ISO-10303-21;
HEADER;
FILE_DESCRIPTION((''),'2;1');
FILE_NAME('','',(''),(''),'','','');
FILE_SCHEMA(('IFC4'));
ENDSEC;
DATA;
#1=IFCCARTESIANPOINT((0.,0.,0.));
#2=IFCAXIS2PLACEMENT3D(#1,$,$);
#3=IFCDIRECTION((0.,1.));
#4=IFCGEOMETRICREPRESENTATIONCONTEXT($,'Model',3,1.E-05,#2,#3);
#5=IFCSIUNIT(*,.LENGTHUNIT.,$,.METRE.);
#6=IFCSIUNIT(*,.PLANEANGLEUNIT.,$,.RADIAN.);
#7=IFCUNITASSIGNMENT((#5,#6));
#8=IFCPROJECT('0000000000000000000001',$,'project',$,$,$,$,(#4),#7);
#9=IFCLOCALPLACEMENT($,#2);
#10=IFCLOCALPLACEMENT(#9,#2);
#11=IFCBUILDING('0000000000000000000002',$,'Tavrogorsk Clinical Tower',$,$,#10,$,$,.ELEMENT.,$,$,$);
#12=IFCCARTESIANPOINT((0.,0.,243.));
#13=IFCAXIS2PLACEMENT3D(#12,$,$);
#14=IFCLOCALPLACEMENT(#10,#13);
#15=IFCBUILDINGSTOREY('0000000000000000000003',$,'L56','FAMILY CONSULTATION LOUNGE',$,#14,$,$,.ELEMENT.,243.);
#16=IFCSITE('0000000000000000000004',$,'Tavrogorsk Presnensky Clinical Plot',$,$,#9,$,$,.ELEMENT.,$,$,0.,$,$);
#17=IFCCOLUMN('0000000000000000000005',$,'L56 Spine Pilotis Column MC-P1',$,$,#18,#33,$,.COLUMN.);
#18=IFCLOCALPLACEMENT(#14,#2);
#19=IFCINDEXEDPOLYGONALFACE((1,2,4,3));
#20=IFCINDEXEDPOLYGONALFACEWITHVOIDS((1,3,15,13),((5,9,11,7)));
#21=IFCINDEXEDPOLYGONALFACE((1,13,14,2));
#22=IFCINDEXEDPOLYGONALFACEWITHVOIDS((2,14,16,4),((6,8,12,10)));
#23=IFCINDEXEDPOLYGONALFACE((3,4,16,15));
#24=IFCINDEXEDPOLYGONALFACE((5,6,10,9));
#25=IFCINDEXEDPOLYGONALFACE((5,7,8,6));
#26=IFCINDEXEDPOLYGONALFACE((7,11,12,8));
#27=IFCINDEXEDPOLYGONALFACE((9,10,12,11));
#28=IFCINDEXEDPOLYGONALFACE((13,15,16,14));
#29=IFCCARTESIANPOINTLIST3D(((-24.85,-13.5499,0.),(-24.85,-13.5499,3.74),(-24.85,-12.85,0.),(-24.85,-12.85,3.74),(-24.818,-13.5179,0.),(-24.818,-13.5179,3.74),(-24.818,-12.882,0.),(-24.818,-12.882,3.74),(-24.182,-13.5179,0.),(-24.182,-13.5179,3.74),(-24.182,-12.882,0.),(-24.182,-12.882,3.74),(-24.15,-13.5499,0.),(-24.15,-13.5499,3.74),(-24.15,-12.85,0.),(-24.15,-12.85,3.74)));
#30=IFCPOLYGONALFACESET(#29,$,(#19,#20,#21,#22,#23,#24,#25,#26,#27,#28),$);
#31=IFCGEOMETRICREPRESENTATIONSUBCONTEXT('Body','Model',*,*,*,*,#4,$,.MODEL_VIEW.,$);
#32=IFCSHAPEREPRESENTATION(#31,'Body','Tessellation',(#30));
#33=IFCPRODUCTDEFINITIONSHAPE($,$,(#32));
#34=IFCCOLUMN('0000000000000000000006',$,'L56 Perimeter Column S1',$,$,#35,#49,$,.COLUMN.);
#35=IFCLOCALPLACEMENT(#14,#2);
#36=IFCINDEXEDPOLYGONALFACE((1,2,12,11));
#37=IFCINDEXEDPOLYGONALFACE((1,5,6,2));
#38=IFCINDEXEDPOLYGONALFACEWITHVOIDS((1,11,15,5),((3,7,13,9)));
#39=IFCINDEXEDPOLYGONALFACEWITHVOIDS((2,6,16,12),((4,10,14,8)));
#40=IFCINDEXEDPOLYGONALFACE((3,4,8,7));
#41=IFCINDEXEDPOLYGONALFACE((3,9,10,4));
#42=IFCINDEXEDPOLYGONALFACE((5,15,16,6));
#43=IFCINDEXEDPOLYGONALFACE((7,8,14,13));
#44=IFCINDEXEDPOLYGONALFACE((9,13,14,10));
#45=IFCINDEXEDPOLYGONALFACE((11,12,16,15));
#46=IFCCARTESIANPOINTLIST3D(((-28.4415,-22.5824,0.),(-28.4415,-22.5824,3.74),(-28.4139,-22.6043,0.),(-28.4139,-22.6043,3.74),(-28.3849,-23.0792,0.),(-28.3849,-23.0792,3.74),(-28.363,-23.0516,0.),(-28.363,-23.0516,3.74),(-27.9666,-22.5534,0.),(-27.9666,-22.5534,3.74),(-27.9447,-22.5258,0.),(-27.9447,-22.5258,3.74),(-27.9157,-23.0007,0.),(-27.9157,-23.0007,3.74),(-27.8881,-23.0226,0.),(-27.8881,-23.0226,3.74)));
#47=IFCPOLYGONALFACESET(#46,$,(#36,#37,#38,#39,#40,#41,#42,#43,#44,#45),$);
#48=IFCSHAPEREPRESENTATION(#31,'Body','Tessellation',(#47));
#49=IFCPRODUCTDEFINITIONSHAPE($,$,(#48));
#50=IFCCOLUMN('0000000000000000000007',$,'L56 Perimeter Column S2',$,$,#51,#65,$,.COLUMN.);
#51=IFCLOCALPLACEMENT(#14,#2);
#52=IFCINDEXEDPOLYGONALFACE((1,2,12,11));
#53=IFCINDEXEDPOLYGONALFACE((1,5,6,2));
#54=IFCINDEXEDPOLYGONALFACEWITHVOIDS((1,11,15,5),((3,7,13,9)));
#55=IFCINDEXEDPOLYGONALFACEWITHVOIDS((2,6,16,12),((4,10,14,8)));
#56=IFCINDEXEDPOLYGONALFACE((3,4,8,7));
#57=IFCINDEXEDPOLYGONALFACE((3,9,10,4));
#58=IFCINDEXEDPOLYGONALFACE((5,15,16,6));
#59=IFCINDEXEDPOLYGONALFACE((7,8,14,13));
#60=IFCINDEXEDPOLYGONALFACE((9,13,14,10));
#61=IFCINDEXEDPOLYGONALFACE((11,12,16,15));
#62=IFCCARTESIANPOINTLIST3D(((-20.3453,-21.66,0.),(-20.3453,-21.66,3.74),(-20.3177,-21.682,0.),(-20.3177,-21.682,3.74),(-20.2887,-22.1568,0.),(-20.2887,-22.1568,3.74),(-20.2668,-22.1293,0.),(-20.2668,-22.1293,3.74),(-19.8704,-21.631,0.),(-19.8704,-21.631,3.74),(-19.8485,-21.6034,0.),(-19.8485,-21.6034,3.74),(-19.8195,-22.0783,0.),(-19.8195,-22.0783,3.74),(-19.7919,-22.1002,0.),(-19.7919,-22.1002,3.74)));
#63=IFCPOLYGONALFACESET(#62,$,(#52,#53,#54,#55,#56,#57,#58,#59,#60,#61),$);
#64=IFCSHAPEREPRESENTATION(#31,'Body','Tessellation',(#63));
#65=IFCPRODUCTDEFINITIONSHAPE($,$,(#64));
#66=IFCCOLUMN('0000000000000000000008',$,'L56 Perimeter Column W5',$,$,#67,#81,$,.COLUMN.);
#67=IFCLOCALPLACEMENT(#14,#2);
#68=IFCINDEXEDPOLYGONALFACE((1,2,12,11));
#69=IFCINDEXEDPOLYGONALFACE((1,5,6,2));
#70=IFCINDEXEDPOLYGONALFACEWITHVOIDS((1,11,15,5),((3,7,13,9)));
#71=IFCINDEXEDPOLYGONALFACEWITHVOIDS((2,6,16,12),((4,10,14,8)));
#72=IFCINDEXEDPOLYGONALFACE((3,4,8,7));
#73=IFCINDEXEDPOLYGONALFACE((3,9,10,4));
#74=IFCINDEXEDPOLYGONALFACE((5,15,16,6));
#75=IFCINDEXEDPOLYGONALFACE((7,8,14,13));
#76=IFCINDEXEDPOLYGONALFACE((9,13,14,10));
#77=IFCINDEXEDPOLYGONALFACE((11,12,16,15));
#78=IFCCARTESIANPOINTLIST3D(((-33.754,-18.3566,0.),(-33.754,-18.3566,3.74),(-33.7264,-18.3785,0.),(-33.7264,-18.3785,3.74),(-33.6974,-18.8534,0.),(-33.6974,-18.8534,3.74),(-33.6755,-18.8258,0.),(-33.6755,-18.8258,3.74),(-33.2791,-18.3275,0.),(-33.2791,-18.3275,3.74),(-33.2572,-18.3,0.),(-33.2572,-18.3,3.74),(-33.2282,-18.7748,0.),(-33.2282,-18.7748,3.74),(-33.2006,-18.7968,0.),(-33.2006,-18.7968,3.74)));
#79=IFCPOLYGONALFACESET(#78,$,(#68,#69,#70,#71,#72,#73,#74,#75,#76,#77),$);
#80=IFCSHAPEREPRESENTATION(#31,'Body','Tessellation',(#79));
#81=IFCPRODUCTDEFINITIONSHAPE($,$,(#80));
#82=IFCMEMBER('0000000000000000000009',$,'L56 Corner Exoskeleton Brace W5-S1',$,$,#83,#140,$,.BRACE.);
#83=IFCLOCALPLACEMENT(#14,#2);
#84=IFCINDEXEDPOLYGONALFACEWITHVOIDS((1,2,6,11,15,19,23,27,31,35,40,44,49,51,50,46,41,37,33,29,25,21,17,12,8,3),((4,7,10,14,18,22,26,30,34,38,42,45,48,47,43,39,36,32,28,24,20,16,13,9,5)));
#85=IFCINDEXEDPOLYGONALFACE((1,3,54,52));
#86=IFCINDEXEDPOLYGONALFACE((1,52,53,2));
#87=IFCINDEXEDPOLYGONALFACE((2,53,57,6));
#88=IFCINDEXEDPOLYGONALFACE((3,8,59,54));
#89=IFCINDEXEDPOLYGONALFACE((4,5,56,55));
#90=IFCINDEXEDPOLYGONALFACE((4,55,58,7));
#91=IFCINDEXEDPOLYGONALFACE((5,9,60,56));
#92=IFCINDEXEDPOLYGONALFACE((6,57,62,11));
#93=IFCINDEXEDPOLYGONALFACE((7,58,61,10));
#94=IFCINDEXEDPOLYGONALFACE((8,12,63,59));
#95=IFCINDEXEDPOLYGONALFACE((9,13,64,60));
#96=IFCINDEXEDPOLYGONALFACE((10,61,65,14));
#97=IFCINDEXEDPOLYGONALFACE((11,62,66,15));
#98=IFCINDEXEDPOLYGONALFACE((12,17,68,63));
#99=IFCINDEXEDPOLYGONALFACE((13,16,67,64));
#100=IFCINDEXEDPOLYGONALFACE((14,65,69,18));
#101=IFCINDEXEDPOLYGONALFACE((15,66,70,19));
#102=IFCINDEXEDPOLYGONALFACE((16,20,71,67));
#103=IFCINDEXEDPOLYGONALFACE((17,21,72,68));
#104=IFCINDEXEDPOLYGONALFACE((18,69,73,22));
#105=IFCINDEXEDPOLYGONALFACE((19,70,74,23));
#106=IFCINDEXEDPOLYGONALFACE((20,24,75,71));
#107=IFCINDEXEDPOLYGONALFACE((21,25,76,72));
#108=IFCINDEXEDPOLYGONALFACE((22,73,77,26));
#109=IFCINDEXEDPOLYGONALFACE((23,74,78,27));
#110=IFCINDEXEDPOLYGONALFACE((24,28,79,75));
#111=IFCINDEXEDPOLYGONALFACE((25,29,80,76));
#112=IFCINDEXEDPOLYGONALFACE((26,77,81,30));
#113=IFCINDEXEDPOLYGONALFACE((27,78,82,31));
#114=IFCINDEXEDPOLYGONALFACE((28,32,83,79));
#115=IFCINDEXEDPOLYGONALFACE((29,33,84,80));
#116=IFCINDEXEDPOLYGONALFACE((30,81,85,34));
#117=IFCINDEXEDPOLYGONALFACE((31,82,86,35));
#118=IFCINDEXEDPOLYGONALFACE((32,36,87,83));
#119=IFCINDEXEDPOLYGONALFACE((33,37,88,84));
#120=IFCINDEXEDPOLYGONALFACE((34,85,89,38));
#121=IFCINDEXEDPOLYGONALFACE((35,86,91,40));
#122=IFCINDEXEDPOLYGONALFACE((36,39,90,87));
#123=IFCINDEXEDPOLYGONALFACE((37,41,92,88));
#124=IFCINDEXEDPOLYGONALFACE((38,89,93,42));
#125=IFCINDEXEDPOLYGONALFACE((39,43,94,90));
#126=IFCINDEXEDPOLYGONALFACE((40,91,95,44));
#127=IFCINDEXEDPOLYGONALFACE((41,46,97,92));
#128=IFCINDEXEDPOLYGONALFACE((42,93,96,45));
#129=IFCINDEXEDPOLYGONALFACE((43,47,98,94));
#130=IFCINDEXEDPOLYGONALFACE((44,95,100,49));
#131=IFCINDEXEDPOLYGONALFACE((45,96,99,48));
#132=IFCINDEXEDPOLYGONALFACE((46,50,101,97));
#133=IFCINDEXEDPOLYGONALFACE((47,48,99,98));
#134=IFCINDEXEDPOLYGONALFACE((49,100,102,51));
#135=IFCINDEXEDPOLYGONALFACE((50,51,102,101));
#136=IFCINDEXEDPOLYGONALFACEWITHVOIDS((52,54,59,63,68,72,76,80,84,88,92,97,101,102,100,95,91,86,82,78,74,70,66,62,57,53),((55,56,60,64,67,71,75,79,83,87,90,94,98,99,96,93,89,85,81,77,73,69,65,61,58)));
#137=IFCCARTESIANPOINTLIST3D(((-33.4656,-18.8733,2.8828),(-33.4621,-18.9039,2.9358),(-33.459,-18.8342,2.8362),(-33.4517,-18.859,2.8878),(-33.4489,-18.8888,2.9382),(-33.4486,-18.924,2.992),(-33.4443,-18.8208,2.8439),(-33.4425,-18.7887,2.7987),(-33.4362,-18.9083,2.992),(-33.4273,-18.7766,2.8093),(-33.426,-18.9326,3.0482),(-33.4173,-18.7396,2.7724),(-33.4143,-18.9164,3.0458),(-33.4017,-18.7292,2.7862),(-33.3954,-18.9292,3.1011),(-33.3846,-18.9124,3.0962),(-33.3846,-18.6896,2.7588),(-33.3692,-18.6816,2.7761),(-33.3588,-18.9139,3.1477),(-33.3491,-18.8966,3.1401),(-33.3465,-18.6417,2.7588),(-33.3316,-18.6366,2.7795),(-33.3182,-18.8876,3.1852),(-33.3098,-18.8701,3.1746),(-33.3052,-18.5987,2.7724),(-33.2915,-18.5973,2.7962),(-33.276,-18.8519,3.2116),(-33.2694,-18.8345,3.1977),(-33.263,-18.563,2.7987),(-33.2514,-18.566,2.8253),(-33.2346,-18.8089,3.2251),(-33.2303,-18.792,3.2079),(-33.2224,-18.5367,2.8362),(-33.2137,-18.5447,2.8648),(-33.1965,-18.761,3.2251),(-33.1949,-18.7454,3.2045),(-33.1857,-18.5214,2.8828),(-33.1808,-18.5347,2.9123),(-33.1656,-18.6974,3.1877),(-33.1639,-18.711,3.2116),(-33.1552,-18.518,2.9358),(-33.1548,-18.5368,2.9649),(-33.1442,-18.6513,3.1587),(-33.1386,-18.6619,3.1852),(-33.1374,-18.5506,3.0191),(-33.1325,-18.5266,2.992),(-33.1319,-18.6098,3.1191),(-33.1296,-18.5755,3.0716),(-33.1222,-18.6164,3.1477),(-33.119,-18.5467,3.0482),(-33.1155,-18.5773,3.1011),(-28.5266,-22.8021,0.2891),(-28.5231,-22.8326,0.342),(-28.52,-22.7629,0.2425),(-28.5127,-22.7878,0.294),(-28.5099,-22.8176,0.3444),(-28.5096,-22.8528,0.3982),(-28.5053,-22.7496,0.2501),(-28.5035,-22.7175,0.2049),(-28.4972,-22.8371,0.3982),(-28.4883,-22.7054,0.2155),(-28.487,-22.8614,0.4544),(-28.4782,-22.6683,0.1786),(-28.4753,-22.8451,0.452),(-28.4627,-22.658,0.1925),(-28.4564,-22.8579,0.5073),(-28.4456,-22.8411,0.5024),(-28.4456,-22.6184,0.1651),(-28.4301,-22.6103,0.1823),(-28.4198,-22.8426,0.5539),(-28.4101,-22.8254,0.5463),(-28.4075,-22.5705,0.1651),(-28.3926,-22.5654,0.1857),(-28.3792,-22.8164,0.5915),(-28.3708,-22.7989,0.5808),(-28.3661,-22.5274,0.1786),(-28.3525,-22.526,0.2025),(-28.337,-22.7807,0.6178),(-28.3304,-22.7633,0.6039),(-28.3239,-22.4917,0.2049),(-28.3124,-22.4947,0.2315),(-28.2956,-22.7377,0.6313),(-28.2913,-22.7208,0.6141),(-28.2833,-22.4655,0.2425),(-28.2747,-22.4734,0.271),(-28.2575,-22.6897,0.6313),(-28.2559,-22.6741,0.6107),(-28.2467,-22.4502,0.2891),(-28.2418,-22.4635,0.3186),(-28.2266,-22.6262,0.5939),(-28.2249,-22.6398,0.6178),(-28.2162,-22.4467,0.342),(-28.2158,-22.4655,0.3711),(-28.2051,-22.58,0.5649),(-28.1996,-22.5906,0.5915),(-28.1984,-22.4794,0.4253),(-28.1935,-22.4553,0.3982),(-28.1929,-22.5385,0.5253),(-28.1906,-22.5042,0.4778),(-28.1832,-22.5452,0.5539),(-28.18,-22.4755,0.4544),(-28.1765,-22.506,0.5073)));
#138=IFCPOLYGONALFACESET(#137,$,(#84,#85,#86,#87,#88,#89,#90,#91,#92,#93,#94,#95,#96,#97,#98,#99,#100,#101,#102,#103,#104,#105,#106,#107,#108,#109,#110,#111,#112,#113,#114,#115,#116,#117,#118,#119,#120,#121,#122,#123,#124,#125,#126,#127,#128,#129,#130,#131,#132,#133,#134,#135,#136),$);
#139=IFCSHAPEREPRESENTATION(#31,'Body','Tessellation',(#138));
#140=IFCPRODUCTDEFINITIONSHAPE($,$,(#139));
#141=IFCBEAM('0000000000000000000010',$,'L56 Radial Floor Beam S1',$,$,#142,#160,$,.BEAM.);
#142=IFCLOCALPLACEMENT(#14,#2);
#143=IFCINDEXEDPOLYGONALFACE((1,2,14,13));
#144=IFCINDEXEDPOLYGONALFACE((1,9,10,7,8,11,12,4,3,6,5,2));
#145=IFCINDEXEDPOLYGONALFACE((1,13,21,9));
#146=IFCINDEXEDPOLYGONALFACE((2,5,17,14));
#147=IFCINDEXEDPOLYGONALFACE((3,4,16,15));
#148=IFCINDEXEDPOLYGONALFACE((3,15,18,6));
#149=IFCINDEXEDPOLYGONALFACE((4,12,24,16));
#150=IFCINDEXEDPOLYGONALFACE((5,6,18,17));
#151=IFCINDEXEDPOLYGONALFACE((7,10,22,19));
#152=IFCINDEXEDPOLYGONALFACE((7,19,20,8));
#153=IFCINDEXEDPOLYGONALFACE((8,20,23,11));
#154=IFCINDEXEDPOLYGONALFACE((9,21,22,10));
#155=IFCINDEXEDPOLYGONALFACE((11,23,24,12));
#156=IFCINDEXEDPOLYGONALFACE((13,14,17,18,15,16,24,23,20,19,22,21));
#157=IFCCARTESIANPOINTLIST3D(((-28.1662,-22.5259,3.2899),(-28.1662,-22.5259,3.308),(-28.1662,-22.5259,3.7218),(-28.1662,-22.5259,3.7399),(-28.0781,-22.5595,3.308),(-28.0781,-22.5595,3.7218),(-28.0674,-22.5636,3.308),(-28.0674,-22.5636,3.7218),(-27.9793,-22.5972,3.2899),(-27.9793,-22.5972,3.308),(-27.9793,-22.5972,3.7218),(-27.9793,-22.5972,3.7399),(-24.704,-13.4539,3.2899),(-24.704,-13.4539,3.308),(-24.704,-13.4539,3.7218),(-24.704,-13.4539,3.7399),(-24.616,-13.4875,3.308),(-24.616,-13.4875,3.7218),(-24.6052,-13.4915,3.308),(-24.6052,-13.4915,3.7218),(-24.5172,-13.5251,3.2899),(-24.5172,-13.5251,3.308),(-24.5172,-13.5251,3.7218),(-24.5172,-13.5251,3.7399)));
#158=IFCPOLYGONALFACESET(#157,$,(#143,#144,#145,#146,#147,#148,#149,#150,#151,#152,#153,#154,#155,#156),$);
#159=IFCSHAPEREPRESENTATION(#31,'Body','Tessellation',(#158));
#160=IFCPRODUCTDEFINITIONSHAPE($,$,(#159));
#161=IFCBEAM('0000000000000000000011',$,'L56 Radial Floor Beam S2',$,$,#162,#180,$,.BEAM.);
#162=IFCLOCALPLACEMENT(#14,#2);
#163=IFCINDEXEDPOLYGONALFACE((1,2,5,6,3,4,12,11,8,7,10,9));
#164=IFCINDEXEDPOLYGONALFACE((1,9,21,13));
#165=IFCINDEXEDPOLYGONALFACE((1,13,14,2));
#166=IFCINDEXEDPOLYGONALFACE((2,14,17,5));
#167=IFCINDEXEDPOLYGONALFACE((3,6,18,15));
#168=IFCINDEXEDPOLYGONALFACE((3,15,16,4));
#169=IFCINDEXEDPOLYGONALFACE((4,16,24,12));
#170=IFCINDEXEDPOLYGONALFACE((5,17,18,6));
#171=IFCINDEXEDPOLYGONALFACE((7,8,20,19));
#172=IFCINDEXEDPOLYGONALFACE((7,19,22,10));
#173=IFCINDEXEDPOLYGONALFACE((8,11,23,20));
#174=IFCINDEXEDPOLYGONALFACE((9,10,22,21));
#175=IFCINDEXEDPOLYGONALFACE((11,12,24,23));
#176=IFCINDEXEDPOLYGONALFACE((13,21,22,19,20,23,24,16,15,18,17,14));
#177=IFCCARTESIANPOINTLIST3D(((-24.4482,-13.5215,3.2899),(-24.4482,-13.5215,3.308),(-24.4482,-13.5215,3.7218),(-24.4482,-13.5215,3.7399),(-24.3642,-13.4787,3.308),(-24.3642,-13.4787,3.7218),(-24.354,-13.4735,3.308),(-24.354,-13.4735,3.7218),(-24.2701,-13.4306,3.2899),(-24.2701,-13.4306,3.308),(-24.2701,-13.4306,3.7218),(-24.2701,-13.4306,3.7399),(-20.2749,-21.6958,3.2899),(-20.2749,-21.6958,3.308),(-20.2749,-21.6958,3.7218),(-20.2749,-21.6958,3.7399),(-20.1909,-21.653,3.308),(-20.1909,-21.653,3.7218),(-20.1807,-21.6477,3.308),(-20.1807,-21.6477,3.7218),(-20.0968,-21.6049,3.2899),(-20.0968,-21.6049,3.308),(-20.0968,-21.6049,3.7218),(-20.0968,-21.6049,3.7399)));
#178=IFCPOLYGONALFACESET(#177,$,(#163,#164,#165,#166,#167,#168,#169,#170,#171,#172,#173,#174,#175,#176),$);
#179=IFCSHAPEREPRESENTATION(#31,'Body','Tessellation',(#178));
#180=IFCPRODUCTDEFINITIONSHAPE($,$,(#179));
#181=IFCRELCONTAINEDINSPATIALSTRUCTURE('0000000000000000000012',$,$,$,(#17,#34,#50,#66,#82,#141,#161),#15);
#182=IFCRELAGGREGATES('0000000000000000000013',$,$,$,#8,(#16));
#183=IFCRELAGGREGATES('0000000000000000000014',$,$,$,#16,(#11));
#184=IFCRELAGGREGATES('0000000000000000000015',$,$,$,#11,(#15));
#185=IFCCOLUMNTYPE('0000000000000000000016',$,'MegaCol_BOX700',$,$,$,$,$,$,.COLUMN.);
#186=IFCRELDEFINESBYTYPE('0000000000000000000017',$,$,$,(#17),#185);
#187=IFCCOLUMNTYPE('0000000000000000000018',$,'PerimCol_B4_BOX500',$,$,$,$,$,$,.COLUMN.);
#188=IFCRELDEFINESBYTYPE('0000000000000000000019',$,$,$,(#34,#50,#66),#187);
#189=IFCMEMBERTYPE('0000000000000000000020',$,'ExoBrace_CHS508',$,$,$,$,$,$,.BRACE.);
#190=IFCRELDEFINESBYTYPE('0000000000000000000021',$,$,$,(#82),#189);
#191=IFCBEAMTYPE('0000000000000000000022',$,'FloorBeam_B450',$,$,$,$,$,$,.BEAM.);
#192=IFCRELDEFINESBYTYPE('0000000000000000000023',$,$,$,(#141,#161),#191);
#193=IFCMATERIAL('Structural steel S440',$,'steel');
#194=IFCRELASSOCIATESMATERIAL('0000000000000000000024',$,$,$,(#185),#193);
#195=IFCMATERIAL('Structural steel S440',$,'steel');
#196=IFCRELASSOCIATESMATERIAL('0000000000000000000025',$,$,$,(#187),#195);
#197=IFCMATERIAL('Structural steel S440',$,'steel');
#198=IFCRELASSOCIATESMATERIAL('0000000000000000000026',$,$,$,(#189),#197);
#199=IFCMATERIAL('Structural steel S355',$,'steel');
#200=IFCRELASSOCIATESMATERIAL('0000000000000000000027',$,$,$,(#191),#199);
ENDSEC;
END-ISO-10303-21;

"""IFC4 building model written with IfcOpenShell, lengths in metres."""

from ifc_helpers import new_model, si_unit, direction, frame, origin, origin_2d, place, context, subcontext, project, spatial, hollow_rectangle, hollow_circle, i_section, extrude, material, material_profile, profile_set, type_object, element, save


model = new_model("IFC4")

# Units and contexts
model_context = context("Model", 3, precision=1e-05, world=origin(), true_north=direction((0.0, 1.0)))
body_context = subcontext(model_context, "Body", "Model", "MODEL_VIEW")
ifc_project = project(units=[si_unit("LENGTHUNIT", "METRE"), si_unit("PLANEANGLEUNIT", "RADIAN")], contexts=[model_context])

# Site, building, storey
site_placement = place(None, origin())
site = spatial("IfcSite", under=ifc_project, at=site_placement, Name="Tavrogorsk Presnensky Clinical Plot", CompositionType="ELEMENT", RefElevation=0.0)
building_placement = place(site_placement, origin())
building = spatial("IfcBuilding", under=site, at=building_placement, Name="Tavrogorsk Clinical Tower", CompositionType="ELEMENT")
storey_placement = place(building_placement, frame((0.0, 0.0, 243.0)))
storey = spatial("IfcBuildingStorey", under=building, at=storey_placement, Name="L56", Description="FAMILY CONSULTATION LOUNGE", CompositionType="ELEMENT", Elevation=243.0)

# Columns
ifc_material_1 = material(Name="Structural steel S440", Category="steel")
ifc_material_profile_1 = material_profile(ifc_material_1, hollow_rectangle(XDim=0.7, YDim=0.7, WallThickness=0.032, at=origin_2d()), Name="BOX-700x700x32")
ifc_profile_set_1 = profile_set([ifc_material_profile_1], Name="Structural steel S440")
column_type_1 = type_object("IfcColumnType", Name="MegaCol_BOX700", PredefinedType="COLUMN", material=ifc_profile_set_1)
column_placement = place(storey_placement, frame((-24.5, -13.2, 0.0), z_axis=(0.0, 0.0, 1.0), x_axis=(1.0, 0.0, 0.0)))
element("IfcColumn", 1, at=column_placement, inside=storey, type_object=column_type_1, Name="L56 Spine Pilotis Column MC-P1", PredefinedType="COLUMN", context=body_context, shape_type="SweptSolid", body=[
    extrude(hollow_rectangle(XDim=0.7, YDim=0.7, WallThickness=0.032, at=origin_2d()), origin(), (0.0, 0.0, 1.0), 3.74),
])
ifc_material_2 = material(Name="Structural steel S440", Category="steel")
ifc_material_profile_2 = material_profile(ifc_material_2, hollow_rectangle(XDim=0.5, YDim=0.5, WallThickness=0.0249, at=origin_2d()), Name="BOX-500x500x25")
ifc_profile_set_2 = profile_set([ifc_material_profile_2], Name="Structural steel S440")
column_type_2 = type_object("IfcColumnType", Name="PerimCol_B4_BOX500", PredefinedType="COLUMN", material=ifc_profile_set_2)
for number, where, z_axis, x_axis, name in (
    (2, (-28.1648, -22.8025, 0.0), (0.0, 0.0, 1.0), (0.993572, 0.113203, 0.0), "L56 Perimeter Column S1"),
    (3, (-20.0686, -21.8801, 0.0), (0.0, 0.0, 1.0), (0.993572, 0.113203, 0.0), "L56 Perimeter Column S2"),
    (4, (-33.4773, -18.5767, 0.0), (0.0, 0.0, 1.0), (0.993572, 0.113203, 0.0), "L56 Perimeter Column W5"),
):
    element("IfcColumn", number, at=place(storey_placement, frame(where, z_axis=z_axis, x_axis=x_axis)), inside=storey, type_object=column_type_2, Name=name, PredefinedType="COLUMN", context=body_context, shape_type="SweptSolid", body=[
        extrude(hollow_rectangle(XDim=0.5, YDim=0.5, WallThickness=0.0249, at=origin_2d()), origin(), (0.0, 0.0, 1.0), 3.74),
    ])

# Member
ifc_material_3 = material(Name="Structural steel S440", Category="steel")
ifc_material_profile_3 = material_profile(ifc_material_3, hollow_circle(Radius=0.2539, WallThickness=0.02, at=origin_2d()), Name="CHS-508x20")
ifc_profile_set_3 = profile_set([ifc_material_profile_3], Name="Structural steel S440")
member_type_1 = type_object("IfcMemberType", Name="ExoBrace_CHS508", PredefinedType="BRACE", material=ifc_profile_set_3)
member_1_placement = place(storey_placement, frame((-28.3516, -22.6541, 0.3982), z_axis=(-0.723852, 0.575789, 0.380138), x_axis=(-0.622522, -0.782602, 0.0)))
element("IfcMember", 5, at=member_1_placement, inside=storey, type_object=member_type_1, Name="L56 Corner Exoskeleton Brace W5-S1", PredefinedType="BRACE", context=body_context, shape_type="SweptSolid", body=[
    extrude(hollow_circle(Radius=0.2539, WallThickness=0.02, at=origin_2d()), origin(), (0.0, 0.0, 1.0), 6.8232),
])

# Beams
ifc_material_4 = material(Name="Structural steel S355", Category="steel")
ifc_material_profile_4 = material_profile(ifc_material_4, i_section(OverallWidth=0.2, OverallDepth=0.45, WebThickness=0.0115, FlangeThickness=0.0181, at=origin_2d()), Name="B-450x200x11.5x18")
ifc_profile_set_4 = profile_set([ifc_material_profile_4], Name="Structural steel S355")
beam_type_1 = type_object("IfcBeamType", Name="FloorBeam_B450", PredefinedType="BEAM", material=ifc_profile_set_4)
beam_1_placement = place(storey_placement, frame((-24.6106, -13.4895, 3.5149), z_axis=(-0.356548, -0.934277, 0.0), x_axis=(0.934277, -0.356548, 0.0)))
element("IfcBeam", 6, at=beam_1_placement, inside=storey, type_object=beam_type_1, Name="L56 Radial Floor Beam S1", PredefinedType="BEAM", context=body_context, shape_type="SweptSolid", body=[
    extrude(i_section(OverallWidth=0.2, OverallDepth=0.45, WebThickness=0.0115, FlangeThickness=0.0181, at=origin_2d()), origin(), (0.0, 0.0, 1.0), 9.7102),
])
beam_2_placement = place(storey_placement, frame((-24.3591, -13.4761, 3.5149), z_axis=(0.45471, -0.89064, 0.0), x_axis=(0.89064, 0.45471, 0.0)))
element("IfcBeam", 7, at=beam_2_placement, inside=storey, type_object=beam_type_1, Name="L56 Radial Floor Beam S2", PredefinedType="BEAM", context=body_context, shape_type="SweptSolid", body=[
    extrude(i_section(OverallWidth=0.2, OverallDepth=0.45, WebThickness=0.0115, FlangeThickness=0.0181, at=origin_2d()), origin(), (0.0, 0.0, 1.0), 9.178),
])

save(model, "model.ifc")
